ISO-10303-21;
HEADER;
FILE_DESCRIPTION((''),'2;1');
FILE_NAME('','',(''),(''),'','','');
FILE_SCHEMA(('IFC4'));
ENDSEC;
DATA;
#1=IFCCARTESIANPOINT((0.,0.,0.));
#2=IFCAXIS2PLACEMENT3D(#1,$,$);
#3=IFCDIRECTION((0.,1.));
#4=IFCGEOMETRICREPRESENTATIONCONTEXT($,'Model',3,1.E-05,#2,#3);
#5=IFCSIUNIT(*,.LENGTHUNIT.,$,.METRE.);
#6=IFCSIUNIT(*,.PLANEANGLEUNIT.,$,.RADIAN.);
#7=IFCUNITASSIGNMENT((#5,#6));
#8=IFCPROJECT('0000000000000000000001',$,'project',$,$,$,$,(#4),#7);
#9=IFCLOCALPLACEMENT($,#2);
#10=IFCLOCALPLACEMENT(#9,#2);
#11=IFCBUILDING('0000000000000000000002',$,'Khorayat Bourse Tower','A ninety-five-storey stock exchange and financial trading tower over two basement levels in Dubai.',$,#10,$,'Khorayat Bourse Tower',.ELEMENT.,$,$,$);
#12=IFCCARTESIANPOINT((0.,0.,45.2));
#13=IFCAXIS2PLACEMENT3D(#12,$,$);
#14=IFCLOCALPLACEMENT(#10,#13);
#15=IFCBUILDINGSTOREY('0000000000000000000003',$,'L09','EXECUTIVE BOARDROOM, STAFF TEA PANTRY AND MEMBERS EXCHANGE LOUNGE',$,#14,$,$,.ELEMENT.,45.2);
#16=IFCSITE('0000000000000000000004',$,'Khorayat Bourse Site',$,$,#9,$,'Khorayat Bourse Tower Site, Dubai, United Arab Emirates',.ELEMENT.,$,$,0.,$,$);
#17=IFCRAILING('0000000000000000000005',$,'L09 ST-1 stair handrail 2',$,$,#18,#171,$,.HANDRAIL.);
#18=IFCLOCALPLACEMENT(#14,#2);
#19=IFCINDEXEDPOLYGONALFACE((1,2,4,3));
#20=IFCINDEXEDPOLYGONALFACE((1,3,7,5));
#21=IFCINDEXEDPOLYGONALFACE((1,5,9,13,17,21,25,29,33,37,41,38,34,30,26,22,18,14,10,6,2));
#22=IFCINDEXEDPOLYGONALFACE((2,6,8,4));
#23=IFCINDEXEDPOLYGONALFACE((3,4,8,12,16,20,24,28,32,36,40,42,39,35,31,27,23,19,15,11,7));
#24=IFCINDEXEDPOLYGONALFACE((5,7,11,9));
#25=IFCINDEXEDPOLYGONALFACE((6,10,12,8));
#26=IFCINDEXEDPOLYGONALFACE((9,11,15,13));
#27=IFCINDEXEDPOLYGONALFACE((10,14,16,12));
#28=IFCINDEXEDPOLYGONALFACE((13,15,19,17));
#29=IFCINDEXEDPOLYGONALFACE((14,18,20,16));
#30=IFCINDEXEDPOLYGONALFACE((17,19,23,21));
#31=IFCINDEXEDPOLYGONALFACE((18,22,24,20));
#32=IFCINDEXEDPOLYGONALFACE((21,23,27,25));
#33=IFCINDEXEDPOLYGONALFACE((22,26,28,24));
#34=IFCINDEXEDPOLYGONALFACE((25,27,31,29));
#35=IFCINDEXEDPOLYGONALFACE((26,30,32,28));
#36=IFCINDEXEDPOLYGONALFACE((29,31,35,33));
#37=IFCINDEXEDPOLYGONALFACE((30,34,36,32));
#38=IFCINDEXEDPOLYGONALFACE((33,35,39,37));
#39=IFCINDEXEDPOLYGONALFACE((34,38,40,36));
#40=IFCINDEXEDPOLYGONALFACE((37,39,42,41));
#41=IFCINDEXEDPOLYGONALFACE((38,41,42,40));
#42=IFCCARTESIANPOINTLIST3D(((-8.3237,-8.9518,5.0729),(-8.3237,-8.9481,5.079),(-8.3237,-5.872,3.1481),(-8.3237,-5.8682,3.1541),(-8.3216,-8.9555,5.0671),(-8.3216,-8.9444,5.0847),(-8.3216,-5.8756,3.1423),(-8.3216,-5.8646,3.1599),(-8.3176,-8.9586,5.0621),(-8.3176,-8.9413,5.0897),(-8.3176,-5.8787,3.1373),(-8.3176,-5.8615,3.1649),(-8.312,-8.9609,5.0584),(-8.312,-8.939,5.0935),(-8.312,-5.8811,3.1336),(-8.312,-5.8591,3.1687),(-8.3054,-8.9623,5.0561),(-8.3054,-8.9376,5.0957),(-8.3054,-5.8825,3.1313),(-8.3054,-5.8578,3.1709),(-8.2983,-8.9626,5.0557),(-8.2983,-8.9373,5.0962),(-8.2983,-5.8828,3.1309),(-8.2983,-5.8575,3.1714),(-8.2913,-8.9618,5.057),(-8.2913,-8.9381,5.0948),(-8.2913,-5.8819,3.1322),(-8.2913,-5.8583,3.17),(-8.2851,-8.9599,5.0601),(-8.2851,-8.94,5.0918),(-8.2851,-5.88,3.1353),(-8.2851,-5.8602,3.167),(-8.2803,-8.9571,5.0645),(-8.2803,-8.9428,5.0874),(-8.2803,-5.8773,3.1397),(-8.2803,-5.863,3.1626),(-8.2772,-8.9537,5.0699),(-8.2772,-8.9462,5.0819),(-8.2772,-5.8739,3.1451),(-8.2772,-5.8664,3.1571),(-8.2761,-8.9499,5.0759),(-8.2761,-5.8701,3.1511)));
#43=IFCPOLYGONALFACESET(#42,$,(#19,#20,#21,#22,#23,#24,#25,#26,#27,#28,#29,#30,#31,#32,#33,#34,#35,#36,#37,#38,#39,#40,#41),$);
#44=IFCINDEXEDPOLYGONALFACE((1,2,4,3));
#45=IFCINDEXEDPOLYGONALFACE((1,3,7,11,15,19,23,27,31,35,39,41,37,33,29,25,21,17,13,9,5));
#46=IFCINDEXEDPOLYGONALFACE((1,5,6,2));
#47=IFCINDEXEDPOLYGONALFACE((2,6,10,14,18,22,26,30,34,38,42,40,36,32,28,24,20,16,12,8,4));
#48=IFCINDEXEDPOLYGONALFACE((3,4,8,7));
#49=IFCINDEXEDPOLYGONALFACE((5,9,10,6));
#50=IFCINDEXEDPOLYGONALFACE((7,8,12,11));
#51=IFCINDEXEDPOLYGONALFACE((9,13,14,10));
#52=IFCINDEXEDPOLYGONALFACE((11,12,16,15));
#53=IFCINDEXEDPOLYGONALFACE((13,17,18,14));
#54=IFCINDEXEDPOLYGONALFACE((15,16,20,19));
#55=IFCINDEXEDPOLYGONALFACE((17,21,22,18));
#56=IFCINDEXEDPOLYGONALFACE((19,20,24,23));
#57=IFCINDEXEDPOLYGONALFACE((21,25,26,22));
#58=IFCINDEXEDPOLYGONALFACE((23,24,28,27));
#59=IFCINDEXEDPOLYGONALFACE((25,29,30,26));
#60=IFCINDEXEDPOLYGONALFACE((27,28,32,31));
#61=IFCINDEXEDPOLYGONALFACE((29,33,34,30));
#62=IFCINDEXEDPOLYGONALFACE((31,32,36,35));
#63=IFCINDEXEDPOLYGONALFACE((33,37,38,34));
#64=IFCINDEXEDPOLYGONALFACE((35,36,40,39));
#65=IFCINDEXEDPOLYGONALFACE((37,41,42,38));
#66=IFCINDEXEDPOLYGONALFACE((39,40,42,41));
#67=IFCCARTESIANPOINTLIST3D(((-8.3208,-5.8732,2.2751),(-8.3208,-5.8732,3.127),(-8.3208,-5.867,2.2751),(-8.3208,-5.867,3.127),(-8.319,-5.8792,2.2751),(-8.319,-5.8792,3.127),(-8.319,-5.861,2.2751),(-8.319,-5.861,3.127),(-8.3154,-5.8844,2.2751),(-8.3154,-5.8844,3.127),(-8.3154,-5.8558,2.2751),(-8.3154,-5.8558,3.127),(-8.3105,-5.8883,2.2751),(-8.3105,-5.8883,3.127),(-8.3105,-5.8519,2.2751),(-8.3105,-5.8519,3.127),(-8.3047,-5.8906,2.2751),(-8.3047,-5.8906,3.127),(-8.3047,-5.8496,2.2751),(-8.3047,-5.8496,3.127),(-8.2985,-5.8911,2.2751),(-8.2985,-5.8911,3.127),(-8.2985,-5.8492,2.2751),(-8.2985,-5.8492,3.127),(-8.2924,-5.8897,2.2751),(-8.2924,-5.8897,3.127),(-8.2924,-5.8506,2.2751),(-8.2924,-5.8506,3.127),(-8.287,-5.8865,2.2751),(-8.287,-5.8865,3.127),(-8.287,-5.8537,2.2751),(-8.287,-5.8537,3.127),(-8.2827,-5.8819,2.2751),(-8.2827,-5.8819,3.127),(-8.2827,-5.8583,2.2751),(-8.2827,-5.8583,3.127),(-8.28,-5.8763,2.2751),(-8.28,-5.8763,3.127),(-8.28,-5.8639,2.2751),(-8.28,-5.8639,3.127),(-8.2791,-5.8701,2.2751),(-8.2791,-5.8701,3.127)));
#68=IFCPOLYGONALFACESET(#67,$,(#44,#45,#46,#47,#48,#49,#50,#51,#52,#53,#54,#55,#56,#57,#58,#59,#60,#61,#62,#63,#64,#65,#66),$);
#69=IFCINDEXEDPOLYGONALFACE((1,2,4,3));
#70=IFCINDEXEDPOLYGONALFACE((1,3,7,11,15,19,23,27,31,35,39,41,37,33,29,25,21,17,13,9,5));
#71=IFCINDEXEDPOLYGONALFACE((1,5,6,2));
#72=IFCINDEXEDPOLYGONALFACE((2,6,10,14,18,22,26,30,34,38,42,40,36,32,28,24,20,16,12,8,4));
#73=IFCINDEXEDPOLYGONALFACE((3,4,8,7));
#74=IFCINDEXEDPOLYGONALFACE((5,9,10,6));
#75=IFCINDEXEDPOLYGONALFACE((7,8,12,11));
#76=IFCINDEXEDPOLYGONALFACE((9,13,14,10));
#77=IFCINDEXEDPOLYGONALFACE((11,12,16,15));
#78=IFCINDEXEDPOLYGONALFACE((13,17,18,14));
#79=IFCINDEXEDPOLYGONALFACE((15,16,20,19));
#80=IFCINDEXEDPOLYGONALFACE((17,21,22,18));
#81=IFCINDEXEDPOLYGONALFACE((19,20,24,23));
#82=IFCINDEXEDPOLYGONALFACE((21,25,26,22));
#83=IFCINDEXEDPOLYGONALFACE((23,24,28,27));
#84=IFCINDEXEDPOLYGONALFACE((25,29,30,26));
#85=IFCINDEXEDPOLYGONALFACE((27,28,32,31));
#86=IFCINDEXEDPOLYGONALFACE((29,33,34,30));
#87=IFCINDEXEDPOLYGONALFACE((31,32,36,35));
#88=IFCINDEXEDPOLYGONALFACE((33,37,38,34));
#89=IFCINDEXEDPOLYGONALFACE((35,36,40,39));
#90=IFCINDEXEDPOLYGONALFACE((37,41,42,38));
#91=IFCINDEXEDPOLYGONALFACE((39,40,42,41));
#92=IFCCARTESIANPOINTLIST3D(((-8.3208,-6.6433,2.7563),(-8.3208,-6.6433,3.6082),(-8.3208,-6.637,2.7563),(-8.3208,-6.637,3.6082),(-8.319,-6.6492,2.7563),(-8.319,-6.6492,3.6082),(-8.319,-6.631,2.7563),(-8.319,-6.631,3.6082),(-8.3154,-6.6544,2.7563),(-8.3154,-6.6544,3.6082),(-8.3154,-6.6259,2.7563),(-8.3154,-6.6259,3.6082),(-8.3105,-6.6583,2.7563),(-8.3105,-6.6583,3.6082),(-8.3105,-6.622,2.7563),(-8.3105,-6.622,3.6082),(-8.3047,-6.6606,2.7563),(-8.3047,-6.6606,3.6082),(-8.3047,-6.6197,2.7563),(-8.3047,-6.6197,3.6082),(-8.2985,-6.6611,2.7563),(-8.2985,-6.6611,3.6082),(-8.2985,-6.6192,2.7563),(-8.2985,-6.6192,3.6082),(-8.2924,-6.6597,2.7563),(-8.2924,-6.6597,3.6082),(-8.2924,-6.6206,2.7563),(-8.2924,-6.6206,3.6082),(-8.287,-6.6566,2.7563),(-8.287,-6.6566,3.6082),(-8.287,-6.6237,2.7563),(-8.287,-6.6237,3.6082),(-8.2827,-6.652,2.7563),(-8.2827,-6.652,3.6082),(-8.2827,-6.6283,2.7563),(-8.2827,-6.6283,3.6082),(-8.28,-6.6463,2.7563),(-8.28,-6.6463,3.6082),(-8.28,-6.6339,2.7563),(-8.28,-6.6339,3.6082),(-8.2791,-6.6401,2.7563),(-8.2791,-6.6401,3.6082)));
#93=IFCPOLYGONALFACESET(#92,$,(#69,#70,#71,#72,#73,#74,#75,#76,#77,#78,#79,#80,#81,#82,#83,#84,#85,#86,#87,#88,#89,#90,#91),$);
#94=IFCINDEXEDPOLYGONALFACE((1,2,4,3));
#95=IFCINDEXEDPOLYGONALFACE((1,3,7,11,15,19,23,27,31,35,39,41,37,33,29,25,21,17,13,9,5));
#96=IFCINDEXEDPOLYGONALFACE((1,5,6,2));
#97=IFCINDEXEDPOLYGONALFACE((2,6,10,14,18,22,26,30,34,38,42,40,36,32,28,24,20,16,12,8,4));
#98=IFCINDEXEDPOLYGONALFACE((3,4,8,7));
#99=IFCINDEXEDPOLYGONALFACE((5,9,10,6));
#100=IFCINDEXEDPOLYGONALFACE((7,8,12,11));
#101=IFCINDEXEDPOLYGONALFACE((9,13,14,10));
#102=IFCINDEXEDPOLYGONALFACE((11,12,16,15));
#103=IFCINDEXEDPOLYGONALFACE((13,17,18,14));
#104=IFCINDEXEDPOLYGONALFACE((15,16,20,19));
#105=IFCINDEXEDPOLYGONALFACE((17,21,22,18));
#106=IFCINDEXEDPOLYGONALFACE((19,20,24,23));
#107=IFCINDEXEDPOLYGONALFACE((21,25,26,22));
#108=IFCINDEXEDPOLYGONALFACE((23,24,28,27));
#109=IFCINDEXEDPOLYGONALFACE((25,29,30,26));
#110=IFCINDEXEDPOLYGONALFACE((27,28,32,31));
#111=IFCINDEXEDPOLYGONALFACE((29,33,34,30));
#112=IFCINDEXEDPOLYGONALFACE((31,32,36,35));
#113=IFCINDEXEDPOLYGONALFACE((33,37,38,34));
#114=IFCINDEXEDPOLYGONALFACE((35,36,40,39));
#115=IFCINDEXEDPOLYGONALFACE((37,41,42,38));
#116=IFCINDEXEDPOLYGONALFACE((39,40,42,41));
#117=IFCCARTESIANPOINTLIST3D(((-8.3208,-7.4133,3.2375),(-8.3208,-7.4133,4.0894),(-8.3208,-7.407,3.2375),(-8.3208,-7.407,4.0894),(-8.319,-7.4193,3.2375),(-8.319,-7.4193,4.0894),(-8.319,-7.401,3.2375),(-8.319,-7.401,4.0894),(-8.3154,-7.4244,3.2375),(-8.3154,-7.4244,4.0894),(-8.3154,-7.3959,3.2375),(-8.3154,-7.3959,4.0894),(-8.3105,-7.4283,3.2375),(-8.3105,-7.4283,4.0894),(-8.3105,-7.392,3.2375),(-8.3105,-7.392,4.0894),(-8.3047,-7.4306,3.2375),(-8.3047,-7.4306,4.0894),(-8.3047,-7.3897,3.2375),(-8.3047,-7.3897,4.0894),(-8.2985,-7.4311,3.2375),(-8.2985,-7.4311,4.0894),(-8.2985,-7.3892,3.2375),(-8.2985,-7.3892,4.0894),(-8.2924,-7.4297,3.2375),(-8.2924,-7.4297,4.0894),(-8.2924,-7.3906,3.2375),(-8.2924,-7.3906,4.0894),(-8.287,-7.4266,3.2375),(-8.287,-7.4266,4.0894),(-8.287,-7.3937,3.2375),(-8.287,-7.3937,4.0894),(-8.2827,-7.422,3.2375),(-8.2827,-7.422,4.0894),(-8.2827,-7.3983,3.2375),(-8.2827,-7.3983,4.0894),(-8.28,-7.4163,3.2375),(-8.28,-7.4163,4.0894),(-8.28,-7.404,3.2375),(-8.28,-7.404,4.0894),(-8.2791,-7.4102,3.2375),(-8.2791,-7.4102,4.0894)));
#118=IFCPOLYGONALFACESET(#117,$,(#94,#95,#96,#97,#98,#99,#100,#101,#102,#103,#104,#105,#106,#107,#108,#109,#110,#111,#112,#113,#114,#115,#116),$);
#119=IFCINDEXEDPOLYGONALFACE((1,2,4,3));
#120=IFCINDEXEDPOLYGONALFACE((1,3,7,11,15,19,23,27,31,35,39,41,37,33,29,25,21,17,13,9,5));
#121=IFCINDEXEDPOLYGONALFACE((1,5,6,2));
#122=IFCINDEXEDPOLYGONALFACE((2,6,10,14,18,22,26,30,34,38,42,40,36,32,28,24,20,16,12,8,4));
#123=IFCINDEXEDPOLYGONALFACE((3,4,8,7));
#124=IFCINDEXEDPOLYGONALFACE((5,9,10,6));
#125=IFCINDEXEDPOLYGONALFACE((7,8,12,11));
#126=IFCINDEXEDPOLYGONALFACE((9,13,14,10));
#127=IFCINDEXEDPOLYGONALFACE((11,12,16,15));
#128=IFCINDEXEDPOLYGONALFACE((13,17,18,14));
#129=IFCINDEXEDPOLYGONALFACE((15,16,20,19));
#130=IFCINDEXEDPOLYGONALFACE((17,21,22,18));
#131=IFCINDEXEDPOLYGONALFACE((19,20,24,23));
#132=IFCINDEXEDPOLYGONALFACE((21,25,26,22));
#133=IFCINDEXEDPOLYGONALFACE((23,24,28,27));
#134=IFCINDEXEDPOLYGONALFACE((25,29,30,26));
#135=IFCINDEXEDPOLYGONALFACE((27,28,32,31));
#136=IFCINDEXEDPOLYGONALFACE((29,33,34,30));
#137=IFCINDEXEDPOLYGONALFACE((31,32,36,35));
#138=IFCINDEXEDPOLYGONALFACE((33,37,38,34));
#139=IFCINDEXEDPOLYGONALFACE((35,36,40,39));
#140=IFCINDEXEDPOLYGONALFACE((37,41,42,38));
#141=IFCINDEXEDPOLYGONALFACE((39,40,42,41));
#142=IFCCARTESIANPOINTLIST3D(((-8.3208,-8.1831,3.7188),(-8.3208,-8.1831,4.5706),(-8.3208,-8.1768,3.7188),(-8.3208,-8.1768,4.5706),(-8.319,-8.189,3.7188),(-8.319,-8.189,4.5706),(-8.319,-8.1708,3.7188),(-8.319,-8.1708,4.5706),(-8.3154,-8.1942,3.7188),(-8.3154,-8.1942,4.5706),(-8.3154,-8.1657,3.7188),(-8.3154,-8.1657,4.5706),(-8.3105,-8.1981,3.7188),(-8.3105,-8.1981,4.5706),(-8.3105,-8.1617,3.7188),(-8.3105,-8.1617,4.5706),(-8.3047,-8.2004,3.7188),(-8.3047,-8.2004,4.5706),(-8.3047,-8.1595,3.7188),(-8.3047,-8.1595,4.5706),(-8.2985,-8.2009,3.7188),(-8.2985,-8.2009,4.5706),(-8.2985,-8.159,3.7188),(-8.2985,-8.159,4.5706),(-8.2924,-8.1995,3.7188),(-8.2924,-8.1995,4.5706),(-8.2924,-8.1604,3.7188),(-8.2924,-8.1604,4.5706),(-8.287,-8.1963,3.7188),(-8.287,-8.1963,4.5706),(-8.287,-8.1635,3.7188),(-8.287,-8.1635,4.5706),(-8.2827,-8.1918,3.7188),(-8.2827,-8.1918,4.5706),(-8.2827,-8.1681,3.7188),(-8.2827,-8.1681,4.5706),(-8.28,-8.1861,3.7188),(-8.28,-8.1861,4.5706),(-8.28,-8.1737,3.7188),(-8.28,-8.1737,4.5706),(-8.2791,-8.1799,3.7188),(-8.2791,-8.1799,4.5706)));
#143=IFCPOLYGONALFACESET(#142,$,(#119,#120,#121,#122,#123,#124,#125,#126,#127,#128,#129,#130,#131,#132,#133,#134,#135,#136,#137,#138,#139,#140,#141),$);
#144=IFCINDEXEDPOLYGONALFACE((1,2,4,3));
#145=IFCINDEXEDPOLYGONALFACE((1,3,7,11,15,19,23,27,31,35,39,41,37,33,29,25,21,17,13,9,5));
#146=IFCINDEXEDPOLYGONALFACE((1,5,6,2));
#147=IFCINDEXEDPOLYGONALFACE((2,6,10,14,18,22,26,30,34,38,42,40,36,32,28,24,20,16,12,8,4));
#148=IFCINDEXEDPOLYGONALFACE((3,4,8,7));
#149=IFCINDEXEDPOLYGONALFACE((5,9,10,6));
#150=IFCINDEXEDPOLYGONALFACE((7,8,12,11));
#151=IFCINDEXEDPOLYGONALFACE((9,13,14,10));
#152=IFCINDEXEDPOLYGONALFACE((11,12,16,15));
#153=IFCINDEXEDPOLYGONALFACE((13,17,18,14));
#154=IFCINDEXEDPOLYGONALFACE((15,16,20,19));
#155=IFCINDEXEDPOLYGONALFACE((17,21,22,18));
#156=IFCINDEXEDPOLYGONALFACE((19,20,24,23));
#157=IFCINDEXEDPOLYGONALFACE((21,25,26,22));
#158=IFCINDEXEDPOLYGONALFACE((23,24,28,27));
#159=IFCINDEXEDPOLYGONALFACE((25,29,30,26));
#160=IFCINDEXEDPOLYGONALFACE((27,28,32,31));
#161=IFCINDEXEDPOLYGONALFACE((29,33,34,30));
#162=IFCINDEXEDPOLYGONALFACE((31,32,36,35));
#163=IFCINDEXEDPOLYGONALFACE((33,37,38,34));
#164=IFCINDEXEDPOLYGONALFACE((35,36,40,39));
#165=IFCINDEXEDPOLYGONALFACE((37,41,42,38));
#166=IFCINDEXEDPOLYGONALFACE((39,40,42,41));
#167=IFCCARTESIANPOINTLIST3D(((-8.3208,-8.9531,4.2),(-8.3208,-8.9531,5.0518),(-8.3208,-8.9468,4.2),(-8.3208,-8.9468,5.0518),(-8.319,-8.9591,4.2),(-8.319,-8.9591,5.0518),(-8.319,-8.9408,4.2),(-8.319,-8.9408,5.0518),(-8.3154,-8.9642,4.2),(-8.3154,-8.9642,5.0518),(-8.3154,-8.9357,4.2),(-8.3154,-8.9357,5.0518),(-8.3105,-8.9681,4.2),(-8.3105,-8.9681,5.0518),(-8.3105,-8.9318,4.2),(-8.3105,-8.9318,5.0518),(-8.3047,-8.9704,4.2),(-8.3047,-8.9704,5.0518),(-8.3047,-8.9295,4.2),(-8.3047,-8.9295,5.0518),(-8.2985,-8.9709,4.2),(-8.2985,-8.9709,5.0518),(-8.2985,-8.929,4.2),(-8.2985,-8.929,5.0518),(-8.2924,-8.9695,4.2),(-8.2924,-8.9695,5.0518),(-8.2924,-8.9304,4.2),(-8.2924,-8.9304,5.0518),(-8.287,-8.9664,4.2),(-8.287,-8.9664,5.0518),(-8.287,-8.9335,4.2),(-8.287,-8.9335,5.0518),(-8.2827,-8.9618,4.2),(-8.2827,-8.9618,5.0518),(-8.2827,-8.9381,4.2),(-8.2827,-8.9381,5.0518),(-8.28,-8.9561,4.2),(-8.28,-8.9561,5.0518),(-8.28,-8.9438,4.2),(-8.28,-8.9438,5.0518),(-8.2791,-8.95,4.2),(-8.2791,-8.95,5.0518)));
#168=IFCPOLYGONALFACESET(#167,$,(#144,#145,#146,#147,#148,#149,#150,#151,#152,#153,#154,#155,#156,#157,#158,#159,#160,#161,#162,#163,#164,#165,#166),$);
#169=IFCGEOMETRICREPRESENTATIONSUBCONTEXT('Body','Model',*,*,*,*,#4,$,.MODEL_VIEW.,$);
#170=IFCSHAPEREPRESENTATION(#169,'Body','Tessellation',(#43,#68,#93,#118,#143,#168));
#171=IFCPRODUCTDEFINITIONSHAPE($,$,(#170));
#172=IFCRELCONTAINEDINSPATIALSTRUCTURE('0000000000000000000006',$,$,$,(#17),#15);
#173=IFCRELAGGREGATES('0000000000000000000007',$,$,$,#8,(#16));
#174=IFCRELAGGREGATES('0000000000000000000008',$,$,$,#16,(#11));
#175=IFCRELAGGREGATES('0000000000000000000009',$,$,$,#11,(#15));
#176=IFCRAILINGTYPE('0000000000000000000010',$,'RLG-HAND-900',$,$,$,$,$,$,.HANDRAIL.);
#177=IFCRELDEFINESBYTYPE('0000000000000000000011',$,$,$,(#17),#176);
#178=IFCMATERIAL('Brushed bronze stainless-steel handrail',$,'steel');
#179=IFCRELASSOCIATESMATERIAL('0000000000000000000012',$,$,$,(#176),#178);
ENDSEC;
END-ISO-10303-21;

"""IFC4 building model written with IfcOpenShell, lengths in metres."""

from ifc_helpers import new_model, si_unit, direction, frame, origin, origin_2d, place, context, subcontext, project, spatial, circle, extrude, source, transform, mapped, material, type_object, element, save


model = new_model("IFC4")

# Units and contexts
model_context = context("Model", 3, precision=1e-05, world=origin(), true_north=direction((0.0, 1.0)))
body_context = subcontext(model_context, "Body", "Model", "MODEL_VIEW")
ifc_project = project(units=[si_unit("LENGTHUNIT", "METRE"), si_unit("PLANEANGLEUNIT", "RADIAN")], contexts=[model_context])

# Site, building, storey
site_placement = place(None, origin())
site = spatial("IfcSite", under=ifc_project, at=site_placement, Name="Khorayat Bourse Site", LongName="Khorayat Bourse Tower Site, Dubai, United Arab Emirates", CompositionType="ELEMENT", RefElevation=0.0)
building_placement = place(site_placement, origin())
building = spatial("IfcBuilding", under=site, at=building_placement, Name="Khorayat Bourse Tower", Description="A ninety-five-storey stock exchange and financial trading tower over two basement levels in Dubai.", LongName="Khorayat Bourse Tower", CompositionType="ELEMENT")
storey_placement = place(building_placement, frame((0.0, 0.0, 45.2)))
storey = spatial("IfcBuildingStorey", under=building, at=storey_placement, Name="L09", Description="EXECUTIVE BOARDROOM, STAFF TEA PANTRY AND MEMBERS EXCHANGE LOUNGE", CompositionType="ELEMENT", Elevation=45.2)

# Railing
ifc_material_1 = material(Name="Brushed bronze stainless-steel handrail", Category="steel")
railing_type_1 = type_object("IfcRailingType", Name="RLG-HAND-900", PredefinedType="HANDRAIL", material=ifc_material_1)
shared_shape_1 = source(origin(), body_context, "Body", "SweptSolid", [
    extrude(circle(Radius=0.0239, at=origin_2d()), frame((0.0, 0.0, 0.876), z_axis=(0.0, -0.84801, 0.529981), x_axis=(1.0, 0.0, 0.0)), (0.0, 0.0, 1.0), 3.6318),
    extrude(circle(Radius=0.021, at=origin_2d()), origin(), (0.0, 0.0, 1.0), 0.8518),
    extrude(circle(Radius=0.021, at=origin_2d()), frame((0.0, -0.77, 0.4812)), (0.0, 0.0, 1.0), 0.8518),
    extrude(circle(Radius=0.021, at=origin_2d()), frame((0.0, -1.54, 0.9624)), (0.0, 0.0, 1.0), 0.8518),
    extrude(circle(Radius=0.021, at=origin_2d()), frame((0.0, -2.3098, 1.4436)), (0.0, 0.0, 1.0), 0.8518),
    extrude(circle(Radius=0.021, at=origin_2d()), frame((0.0, -3.0798, 1.9248)), (0.0, 0.0, 1.0), 0.8518),
])
railing_1_placement = place(storey_placement, frame((-8.3, -5.8701, 2.2751)))
element("IfcRailing", 1, at=railing_1_placement, inside=storey, type_object=railing_type_1, Name="L09 ST-1 stair handrail 2", PredefinedType="HANDRAIL", context=body_context, shape_type="MappedRepresentation", body=[
    mapped(shared_shape_1, transform((0.0, 0.0, 0.0), scale=1.0)),
])

save(model, "model.ifc")
